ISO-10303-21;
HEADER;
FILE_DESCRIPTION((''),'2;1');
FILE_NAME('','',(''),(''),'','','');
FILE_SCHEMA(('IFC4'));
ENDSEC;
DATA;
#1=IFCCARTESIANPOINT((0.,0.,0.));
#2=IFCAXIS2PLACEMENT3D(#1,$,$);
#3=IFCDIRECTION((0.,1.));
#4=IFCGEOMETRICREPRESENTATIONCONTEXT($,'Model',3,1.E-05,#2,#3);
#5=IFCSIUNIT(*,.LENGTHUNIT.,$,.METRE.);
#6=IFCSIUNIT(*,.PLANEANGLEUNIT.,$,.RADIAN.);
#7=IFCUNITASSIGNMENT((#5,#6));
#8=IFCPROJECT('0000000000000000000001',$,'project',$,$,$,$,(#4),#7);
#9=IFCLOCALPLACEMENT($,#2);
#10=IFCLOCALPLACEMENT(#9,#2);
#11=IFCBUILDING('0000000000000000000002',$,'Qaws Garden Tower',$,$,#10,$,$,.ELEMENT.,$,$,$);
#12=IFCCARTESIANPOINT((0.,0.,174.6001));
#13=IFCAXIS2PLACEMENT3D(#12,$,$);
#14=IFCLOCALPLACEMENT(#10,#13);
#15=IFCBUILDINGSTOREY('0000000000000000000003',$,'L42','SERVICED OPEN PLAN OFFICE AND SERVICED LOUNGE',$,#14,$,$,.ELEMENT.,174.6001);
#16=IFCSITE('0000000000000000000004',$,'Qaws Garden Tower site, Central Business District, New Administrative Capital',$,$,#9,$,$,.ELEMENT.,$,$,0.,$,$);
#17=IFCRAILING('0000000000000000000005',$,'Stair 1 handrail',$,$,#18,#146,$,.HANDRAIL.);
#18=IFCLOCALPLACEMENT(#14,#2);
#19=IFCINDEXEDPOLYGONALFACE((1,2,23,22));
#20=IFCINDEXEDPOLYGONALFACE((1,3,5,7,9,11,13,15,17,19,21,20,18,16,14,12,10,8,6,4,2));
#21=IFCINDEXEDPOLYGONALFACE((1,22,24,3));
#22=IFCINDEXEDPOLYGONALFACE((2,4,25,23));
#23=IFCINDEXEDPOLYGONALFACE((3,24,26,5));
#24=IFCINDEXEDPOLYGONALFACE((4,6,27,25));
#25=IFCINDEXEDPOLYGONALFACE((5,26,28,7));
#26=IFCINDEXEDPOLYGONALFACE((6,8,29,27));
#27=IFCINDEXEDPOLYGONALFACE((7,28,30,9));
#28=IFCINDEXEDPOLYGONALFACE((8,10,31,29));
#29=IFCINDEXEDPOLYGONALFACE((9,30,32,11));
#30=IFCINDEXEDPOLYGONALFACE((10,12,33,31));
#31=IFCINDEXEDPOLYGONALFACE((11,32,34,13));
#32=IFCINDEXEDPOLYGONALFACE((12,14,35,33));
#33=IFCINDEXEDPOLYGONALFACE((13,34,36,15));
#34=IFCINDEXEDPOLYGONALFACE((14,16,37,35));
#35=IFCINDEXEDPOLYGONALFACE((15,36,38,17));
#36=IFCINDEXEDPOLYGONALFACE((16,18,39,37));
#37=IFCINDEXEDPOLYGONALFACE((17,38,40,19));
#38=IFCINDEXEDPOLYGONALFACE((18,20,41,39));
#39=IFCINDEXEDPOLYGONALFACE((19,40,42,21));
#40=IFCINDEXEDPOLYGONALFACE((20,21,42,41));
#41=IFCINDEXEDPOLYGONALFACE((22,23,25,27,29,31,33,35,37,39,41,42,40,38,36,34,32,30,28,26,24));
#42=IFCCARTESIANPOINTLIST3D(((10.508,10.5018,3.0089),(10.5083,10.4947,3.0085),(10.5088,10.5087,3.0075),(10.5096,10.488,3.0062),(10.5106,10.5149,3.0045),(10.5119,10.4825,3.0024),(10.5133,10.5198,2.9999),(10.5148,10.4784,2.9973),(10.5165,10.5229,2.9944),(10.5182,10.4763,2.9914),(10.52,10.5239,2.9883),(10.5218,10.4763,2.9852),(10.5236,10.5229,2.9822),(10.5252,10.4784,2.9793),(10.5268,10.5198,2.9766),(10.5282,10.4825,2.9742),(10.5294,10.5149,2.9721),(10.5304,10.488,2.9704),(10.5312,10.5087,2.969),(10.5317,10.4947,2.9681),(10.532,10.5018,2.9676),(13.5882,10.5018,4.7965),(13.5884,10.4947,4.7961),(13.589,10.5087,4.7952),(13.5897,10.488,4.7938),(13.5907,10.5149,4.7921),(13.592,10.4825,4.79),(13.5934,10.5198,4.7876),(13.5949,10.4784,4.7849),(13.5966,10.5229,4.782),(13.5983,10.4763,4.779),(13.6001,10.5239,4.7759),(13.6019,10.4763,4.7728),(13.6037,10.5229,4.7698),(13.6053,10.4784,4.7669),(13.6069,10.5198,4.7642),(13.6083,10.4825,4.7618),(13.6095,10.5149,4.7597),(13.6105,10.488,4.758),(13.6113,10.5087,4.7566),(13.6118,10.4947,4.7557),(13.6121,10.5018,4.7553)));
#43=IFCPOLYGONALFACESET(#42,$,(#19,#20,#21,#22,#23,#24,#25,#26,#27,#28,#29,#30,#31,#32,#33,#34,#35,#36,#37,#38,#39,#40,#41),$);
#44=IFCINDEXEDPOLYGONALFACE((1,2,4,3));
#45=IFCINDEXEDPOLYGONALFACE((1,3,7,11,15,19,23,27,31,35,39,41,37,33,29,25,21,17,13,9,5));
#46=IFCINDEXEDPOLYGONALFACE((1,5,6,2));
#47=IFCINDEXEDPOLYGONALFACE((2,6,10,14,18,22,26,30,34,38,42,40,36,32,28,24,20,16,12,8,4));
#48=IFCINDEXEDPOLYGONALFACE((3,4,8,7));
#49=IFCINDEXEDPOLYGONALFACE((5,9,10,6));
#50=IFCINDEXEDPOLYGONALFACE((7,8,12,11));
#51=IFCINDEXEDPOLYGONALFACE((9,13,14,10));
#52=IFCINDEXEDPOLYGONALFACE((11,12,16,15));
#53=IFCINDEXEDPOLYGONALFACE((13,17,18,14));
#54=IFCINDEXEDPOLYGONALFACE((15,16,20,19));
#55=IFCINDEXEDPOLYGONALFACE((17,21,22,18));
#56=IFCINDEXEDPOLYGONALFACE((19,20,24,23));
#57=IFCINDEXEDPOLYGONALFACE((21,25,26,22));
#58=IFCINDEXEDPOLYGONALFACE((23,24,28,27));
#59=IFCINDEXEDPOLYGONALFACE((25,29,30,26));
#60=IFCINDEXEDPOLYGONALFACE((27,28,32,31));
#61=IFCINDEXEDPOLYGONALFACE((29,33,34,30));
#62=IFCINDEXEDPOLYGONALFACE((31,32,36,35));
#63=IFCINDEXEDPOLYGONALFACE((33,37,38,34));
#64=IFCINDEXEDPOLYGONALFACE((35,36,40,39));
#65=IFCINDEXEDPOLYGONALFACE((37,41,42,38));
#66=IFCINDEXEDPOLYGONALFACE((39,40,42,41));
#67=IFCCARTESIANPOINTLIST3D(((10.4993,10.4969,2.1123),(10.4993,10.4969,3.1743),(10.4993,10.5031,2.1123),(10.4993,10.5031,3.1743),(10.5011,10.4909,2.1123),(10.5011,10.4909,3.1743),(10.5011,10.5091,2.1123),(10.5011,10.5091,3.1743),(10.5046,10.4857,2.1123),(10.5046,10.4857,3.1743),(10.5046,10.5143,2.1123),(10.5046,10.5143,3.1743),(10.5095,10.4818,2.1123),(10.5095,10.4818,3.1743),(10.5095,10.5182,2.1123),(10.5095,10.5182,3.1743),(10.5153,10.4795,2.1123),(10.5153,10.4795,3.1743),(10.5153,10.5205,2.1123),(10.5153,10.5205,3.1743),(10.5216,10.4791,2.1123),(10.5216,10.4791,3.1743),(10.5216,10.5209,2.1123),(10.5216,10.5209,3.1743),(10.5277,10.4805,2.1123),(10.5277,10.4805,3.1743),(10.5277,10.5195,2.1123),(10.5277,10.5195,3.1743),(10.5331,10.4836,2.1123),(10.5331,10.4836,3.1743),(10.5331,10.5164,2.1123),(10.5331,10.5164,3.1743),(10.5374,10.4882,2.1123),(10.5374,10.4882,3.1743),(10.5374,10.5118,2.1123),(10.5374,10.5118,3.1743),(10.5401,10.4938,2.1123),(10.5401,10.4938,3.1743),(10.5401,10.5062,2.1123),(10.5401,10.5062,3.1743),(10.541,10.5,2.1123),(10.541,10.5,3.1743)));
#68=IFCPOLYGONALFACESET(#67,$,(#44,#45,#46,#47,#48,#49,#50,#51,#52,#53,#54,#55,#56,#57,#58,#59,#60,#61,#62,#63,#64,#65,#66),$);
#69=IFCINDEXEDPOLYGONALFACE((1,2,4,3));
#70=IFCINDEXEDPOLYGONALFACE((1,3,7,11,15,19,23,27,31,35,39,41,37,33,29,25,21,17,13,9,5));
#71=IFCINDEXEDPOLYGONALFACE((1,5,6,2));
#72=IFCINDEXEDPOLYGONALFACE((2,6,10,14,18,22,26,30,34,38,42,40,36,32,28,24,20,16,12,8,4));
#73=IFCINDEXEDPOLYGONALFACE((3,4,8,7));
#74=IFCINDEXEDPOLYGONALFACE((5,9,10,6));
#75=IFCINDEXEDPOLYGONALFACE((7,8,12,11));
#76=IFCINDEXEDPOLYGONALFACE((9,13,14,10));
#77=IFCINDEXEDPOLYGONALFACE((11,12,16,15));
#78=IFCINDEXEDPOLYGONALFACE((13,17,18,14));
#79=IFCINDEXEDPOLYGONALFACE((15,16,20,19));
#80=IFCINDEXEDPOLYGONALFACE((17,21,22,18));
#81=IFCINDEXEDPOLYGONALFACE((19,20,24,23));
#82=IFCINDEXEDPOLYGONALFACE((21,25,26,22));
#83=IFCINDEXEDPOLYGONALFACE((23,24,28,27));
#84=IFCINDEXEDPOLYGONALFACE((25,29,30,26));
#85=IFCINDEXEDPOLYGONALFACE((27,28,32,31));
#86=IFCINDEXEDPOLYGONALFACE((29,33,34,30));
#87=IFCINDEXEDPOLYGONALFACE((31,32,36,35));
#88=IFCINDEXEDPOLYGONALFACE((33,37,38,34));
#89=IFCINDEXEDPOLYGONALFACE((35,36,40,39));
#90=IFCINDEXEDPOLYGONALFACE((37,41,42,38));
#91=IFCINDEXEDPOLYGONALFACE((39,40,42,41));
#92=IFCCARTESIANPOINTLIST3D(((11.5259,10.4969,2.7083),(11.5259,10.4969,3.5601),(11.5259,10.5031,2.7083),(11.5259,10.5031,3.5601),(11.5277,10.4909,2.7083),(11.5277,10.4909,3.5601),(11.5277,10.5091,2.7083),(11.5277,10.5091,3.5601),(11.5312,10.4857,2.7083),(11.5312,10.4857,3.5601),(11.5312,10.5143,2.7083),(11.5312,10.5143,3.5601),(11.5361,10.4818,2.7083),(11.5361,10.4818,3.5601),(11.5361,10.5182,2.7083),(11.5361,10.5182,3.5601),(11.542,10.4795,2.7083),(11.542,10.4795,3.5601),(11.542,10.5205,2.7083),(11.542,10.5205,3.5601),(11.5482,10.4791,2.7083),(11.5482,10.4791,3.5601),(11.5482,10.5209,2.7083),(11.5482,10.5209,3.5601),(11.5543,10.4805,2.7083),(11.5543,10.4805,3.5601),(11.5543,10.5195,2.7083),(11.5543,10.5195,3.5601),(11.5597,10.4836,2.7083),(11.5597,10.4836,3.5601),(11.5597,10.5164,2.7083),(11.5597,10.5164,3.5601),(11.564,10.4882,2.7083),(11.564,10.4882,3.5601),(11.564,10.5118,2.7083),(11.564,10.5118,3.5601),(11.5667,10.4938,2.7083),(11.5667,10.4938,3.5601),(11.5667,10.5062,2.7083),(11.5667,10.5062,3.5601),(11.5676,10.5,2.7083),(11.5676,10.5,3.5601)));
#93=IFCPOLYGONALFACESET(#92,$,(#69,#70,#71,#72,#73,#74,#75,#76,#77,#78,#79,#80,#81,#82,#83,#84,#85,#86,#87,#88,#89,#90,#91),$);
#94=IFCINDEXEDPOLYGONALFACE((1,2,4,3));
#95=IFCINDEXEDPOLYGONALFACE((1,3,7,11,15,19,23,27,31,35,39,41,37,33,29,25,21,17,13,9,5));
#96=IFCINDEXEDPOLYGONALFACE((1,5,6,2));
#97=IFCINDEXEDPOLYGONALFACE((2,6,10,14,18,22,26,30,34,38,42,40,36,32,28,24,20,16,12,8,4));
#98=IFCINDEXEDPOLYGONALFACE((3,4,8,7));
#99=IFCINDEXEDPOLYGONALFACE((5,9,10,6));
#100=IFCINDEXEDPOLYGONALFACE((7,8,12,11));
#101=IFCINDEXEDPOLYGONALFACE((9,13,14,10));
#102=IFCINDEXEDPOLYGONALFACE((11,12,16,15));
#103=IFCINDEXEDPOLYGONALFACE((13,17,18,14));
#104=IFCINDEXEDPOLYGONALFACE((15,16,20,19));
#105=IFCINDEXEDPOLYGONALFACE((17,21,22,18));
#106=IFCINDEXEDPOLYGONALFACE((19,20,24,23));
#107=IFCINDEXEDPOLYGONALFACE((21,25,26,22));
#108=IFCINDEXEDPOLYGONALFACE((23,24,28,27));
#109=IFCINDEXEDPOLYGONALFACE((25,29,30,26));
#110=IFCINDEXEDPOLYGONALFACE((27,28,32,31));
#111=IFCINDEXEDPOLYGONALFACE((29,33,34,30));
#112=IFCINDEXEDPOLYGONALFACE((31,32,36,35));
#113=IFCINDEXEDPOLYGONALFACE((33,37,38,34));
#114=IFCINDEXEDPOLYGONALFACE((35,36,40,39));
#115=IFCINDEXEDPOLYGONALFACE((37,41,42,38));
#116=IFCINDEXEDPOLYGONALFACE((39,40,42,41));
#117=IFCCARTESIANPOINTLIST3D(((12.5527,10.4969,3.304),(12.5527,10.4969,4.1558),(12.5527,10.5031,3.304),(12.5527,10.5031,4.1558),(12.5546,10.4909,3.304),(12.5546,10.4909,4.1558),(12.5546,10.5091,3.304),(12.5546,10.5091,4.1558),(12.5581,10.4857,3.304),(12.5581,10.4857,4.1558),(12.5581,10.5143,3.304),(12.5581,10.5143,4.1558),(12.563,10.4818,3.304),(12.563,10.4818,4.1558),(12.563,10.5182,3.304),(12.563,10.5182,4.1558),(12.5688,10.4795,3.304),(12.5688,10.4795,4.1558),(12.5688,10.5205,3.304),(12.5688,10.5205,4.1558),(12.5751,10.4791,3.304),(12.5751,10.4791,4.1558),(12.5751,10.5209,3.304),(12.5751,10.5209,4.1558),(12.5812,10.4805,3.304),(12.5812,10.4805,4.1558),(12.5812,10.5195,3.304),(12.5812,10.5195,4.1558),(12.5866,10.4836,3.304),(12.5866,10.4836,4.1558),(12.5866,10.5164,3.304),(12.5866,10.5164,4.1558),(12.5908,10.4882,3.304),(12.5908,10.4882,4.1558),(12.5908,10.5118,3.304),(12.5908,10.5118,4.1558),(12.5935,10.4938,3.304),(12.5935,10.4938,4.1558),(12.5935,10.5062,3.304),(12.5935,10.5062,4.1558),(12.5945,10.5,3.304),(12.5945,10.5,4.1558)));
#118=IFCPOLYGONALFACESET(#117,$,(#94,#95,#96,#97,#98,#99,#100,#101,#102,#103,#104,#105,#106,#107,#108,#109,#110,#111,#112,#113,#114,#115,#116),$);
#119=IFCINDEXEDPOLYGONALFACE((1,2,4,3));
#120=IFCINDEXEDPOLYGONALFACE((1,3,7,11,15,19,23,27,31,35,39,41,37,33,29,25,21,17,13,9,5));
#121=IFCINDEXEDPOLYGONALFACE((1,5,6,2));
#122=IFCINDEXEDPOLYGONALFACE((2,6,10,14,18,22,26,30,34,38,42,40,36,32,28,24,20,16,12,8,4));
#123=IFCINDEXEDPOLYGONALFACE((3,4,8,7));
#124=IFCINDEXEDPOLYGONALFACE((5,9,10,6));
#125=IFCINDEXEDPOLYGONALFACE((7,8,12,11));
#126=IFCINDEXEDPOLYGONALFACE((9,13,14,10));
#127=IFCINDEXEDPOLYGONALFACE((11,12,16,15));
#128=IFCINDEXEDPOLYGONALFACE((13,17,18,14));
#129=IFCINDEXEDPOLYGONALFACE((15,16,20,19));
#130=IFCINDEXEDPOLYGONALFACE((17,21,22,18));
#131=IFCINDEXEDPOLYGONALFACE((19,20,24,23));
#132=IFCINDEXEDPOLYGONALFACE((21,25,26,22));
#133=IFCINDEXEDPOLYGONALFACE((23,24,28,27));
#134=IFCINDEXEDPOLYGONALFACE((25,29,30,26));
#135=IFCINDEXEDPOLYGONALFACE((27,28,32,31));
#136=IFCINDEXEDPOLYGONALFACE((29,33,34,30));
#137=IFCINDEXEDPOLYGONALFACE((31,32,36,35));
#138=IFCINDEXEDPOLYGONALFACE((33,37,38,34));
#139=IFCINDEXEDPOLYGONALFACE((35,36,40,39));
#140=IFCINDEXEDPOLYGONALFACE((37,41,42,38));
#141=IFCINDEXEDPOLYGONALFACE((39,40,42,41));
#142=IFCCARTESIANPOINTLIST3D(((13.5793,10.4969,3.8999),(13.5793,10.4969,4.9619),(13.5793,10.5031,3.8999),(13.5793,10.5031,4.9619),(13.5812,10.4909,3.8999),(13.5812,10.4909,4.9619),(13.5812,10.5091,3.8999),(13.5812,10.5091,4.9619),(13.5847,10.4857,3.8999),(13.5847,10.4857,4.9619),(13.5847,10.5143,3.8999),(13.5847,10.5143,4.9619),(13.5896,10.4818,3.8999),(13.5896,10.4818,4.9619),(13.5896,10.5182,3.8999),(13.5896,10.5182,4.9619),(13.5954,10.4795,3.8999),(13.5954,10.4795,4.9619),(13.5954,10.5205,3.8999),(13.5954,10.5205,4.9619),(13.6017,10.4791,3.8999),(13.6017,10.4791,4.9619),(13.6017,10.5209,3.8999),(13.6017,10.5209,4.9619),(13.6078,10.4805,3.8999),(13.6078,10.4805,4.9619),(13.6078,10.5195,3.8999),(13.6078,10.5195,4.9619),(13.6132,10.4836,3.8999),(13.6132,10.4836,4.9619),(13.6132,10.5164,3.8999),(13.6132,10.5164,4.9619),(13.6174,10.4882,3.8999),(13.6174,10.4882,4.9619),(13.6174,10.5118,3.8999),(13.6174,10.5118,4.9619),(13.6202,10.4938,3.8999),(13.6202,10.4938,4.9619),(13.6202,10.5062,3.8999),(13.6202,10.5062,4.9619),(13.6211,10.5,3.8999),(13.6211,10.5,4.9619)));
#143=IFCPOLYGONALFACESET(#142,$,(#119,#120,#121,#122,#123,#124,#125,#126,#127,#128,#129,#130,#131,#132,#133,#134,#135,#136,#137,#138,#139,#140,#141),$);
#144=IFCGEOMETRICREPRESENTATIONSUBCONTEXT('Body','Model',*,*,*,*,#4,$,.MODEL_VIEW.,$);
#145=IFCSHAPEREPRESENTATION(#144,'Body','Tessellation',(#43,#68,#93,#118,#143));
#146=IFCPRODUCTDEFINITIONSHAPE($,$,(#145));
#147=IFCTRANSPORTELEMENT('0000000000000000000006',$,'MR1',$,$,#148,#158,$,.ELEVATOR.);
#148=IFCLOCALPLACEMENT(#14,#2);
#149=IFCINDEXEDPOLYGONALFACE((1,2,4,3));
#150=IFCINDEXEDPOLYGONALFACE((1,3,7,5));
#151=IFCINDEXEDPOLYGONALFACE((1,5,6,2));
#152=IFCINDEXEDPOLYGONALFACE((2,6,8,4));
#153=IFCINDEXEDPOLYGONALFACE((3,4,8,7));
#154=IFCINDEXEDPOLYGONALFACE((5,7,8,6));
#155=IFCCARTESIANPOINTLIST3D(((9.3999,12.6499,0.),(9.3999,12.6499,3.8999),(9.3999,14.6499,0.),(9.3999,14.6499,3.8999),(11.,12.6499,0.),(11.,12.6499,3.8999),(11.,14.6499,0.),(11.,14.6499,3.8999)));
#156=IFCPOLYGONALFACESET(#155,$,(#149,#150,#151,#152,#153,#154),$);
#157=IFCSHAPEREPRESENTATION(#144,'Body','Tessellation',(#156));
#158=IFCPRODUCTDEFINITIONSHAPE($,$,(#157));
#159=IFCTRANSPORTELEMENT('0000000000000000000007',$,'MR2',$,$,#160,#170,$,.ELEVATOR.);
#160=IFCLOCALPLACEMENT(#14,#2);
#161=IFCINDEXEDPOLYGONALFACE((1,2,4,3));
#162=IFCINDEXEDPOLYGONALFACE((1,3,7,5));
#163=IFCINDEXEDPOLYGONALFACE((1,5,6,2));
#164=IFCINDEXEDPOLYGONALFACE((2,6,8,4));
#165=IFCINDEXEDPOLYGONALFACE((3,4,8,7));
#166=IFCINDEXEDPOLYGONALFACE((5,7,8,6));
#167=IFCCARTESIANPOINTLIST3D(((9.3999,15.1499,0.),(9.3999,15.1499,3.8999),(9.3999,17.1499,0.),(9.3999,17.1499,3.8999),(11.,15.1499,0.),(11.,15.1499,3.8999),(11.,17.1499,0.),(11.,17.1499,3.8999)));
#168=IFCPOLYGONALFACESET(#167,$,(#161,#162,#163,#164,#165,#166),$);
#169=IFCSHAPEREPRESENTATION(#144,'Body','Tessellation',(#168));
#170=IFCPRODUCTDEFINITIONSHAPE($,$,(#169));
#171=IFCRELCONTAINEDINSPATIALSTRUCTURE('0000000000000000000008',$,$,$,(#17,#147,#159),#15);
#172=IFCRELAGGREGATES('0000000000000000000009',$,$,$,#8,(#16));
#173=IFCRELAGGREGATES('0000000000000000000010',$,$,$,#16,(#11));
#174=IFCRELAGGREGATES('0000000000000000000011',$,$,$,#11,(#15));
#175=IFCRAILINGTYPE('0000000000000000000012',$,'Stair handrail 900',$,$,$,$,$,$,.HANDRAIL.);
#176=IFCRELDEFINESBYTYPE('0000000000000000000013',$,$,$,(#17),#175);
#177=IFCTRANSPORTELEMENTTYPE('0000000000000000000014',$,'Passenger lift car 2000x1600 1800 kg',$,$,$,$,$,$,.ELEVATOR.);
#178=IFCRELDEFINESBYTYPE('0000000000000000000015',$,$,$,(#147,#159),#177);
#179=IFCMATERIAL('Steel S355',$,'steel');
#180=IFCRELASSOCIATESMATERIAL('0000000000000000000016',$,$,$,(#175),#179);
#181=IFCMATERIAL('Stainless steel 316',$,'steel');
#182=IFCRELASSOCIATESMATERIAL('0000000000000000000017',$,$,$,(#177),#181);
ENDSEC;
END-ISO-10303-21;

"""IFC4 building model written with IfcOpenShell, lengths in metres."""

from ifc_helpers import new_model, si_unit, direction, frame, origin, origin_2d, place, context, subcontext, project, spatial, rectangle, circle, extrude, material, type_object, element, save


model = new_model("IFC4")

# Units and contexts
model_context = context("Model", 3, precision=1e-05, world=origin(), true_north=direction((0.0, 1.0)))
body_context = subcontext(model_context, "Body", "Model", "MODEL_VIEW")
ifc_project = project(units=[si_unit("LENGTHUNIT", "METRE"), si_unit("PLANEANGLEUNIT", "RADIAN")], contexts=[model_context])

# Site, building, storey
site_placement = place(None, origin())
site = spatial("IfcSite", under=ifc_project, at=site_placement, Name="Qaws Garden Tower site, Central Business District, New Administrative Capital", CompositionType="ELEMENT", RefElevation=0.0)
building_placement = place(site_placement, origin())
building = spatial("IfcBuilding", under=site, at=building_placement, Name="Qaws Garden Tower", CompositionType="ELEMENT")
storey_placement = place(building_placement, frame((0.0, 0.0, 174.6001)))
storey = spatial("IfcBuildingStorey", under=building, at=storey_placement, Name="L42", Description="SERVICED OPEN PLAN OFFICE AND SERVICED LOUNGE", CompositionType="ELEMENT", Elevation=174.6001)

# Railing
ifc_material_1 = material(Name="Steel S355", Category="steel")
railing_type = type_object("IfcRailingType", Name="Stair handrail 900", PredefinedType="HANDRAIL", material=ifc_material_1)
railing_1_placement = place(storey_placement, frame((10.52, 10.5, 2.1123)))
element("IfcRailing", 1, at=railing_1_placement, inside=storey, type_object=railing_type, Name="Stair 1 handrail", PredefinedType="HANDRAIL", context=body_context, shape_type="SweptSolid", body=[
    extrude(circle(Radius=0.0239, at=origin_2d()), frame((0.0, 0.0, 0.876), z_axis=(0.864891, 0.0, 0.50196), x_axis=(0.0, 1.0, 0.0)), (0.0, 0.0, 1.0), 3.5613),
    extrude(circle(Radius=0.021, at=origin_2d()), origin(), (0.0, 0.0, 1.0), 1.062),
    extrude(circle(Radius=0.021, at=origin_2d()), frame((1.0266, 0.0, 0.5959)), (0.0, 0.0, 1.0), 0.8518),
    extrude(circle(Radius=0.021, at=origin_2d()), frame((2.0535, 0.0, 1.1917)), (0.0, 0.0, 1.0), 0.8518),
    extrude(circle(Radius=0.021, at=origin_2d()), frame((3.0801, 0.0, 1.7876)), (0.0, 0.0, 1.0), 1.062),
])

# Transport elements
ifc_material_2 = material(Name="Stainless steel 316", Category="steel")
transport_element_type = type_object("IfcTransportElementType", Name="Passenger lift car 2000x1600 1800 kg", PredefinedType="ELEVATOR", material=ifc_material_2)
for number, where, z_axis, x_axis, name in (
    (2, (10.2, 13.6499, 0.0), (0.0, 0.0, 1.0), (1.0, 0.0, 0.0), "MR1"),
    (3, (10.2, 16.1499, 0.0), (0.0, 0.0, 1.0), (1.0, 0.0, 0.0), "MR2"),
):
    element("IfcTransportElement", number, at=place(storey_placement, frame(where, z_axis=z_axis, x_axis=x_axis)), inside=storey, type_object=transport_element_type, Name=name, PredefinedType="ELEVATOR", context=body_context, shape_type="SweptSolid", body=[
        extrude(rectangle(XDim=1.6001, YDim=2.0, at=origin_2d()), origin(), (0.0, 0.0, 1.0), 3.8999),
    ])

save(model, "model.ifc")
